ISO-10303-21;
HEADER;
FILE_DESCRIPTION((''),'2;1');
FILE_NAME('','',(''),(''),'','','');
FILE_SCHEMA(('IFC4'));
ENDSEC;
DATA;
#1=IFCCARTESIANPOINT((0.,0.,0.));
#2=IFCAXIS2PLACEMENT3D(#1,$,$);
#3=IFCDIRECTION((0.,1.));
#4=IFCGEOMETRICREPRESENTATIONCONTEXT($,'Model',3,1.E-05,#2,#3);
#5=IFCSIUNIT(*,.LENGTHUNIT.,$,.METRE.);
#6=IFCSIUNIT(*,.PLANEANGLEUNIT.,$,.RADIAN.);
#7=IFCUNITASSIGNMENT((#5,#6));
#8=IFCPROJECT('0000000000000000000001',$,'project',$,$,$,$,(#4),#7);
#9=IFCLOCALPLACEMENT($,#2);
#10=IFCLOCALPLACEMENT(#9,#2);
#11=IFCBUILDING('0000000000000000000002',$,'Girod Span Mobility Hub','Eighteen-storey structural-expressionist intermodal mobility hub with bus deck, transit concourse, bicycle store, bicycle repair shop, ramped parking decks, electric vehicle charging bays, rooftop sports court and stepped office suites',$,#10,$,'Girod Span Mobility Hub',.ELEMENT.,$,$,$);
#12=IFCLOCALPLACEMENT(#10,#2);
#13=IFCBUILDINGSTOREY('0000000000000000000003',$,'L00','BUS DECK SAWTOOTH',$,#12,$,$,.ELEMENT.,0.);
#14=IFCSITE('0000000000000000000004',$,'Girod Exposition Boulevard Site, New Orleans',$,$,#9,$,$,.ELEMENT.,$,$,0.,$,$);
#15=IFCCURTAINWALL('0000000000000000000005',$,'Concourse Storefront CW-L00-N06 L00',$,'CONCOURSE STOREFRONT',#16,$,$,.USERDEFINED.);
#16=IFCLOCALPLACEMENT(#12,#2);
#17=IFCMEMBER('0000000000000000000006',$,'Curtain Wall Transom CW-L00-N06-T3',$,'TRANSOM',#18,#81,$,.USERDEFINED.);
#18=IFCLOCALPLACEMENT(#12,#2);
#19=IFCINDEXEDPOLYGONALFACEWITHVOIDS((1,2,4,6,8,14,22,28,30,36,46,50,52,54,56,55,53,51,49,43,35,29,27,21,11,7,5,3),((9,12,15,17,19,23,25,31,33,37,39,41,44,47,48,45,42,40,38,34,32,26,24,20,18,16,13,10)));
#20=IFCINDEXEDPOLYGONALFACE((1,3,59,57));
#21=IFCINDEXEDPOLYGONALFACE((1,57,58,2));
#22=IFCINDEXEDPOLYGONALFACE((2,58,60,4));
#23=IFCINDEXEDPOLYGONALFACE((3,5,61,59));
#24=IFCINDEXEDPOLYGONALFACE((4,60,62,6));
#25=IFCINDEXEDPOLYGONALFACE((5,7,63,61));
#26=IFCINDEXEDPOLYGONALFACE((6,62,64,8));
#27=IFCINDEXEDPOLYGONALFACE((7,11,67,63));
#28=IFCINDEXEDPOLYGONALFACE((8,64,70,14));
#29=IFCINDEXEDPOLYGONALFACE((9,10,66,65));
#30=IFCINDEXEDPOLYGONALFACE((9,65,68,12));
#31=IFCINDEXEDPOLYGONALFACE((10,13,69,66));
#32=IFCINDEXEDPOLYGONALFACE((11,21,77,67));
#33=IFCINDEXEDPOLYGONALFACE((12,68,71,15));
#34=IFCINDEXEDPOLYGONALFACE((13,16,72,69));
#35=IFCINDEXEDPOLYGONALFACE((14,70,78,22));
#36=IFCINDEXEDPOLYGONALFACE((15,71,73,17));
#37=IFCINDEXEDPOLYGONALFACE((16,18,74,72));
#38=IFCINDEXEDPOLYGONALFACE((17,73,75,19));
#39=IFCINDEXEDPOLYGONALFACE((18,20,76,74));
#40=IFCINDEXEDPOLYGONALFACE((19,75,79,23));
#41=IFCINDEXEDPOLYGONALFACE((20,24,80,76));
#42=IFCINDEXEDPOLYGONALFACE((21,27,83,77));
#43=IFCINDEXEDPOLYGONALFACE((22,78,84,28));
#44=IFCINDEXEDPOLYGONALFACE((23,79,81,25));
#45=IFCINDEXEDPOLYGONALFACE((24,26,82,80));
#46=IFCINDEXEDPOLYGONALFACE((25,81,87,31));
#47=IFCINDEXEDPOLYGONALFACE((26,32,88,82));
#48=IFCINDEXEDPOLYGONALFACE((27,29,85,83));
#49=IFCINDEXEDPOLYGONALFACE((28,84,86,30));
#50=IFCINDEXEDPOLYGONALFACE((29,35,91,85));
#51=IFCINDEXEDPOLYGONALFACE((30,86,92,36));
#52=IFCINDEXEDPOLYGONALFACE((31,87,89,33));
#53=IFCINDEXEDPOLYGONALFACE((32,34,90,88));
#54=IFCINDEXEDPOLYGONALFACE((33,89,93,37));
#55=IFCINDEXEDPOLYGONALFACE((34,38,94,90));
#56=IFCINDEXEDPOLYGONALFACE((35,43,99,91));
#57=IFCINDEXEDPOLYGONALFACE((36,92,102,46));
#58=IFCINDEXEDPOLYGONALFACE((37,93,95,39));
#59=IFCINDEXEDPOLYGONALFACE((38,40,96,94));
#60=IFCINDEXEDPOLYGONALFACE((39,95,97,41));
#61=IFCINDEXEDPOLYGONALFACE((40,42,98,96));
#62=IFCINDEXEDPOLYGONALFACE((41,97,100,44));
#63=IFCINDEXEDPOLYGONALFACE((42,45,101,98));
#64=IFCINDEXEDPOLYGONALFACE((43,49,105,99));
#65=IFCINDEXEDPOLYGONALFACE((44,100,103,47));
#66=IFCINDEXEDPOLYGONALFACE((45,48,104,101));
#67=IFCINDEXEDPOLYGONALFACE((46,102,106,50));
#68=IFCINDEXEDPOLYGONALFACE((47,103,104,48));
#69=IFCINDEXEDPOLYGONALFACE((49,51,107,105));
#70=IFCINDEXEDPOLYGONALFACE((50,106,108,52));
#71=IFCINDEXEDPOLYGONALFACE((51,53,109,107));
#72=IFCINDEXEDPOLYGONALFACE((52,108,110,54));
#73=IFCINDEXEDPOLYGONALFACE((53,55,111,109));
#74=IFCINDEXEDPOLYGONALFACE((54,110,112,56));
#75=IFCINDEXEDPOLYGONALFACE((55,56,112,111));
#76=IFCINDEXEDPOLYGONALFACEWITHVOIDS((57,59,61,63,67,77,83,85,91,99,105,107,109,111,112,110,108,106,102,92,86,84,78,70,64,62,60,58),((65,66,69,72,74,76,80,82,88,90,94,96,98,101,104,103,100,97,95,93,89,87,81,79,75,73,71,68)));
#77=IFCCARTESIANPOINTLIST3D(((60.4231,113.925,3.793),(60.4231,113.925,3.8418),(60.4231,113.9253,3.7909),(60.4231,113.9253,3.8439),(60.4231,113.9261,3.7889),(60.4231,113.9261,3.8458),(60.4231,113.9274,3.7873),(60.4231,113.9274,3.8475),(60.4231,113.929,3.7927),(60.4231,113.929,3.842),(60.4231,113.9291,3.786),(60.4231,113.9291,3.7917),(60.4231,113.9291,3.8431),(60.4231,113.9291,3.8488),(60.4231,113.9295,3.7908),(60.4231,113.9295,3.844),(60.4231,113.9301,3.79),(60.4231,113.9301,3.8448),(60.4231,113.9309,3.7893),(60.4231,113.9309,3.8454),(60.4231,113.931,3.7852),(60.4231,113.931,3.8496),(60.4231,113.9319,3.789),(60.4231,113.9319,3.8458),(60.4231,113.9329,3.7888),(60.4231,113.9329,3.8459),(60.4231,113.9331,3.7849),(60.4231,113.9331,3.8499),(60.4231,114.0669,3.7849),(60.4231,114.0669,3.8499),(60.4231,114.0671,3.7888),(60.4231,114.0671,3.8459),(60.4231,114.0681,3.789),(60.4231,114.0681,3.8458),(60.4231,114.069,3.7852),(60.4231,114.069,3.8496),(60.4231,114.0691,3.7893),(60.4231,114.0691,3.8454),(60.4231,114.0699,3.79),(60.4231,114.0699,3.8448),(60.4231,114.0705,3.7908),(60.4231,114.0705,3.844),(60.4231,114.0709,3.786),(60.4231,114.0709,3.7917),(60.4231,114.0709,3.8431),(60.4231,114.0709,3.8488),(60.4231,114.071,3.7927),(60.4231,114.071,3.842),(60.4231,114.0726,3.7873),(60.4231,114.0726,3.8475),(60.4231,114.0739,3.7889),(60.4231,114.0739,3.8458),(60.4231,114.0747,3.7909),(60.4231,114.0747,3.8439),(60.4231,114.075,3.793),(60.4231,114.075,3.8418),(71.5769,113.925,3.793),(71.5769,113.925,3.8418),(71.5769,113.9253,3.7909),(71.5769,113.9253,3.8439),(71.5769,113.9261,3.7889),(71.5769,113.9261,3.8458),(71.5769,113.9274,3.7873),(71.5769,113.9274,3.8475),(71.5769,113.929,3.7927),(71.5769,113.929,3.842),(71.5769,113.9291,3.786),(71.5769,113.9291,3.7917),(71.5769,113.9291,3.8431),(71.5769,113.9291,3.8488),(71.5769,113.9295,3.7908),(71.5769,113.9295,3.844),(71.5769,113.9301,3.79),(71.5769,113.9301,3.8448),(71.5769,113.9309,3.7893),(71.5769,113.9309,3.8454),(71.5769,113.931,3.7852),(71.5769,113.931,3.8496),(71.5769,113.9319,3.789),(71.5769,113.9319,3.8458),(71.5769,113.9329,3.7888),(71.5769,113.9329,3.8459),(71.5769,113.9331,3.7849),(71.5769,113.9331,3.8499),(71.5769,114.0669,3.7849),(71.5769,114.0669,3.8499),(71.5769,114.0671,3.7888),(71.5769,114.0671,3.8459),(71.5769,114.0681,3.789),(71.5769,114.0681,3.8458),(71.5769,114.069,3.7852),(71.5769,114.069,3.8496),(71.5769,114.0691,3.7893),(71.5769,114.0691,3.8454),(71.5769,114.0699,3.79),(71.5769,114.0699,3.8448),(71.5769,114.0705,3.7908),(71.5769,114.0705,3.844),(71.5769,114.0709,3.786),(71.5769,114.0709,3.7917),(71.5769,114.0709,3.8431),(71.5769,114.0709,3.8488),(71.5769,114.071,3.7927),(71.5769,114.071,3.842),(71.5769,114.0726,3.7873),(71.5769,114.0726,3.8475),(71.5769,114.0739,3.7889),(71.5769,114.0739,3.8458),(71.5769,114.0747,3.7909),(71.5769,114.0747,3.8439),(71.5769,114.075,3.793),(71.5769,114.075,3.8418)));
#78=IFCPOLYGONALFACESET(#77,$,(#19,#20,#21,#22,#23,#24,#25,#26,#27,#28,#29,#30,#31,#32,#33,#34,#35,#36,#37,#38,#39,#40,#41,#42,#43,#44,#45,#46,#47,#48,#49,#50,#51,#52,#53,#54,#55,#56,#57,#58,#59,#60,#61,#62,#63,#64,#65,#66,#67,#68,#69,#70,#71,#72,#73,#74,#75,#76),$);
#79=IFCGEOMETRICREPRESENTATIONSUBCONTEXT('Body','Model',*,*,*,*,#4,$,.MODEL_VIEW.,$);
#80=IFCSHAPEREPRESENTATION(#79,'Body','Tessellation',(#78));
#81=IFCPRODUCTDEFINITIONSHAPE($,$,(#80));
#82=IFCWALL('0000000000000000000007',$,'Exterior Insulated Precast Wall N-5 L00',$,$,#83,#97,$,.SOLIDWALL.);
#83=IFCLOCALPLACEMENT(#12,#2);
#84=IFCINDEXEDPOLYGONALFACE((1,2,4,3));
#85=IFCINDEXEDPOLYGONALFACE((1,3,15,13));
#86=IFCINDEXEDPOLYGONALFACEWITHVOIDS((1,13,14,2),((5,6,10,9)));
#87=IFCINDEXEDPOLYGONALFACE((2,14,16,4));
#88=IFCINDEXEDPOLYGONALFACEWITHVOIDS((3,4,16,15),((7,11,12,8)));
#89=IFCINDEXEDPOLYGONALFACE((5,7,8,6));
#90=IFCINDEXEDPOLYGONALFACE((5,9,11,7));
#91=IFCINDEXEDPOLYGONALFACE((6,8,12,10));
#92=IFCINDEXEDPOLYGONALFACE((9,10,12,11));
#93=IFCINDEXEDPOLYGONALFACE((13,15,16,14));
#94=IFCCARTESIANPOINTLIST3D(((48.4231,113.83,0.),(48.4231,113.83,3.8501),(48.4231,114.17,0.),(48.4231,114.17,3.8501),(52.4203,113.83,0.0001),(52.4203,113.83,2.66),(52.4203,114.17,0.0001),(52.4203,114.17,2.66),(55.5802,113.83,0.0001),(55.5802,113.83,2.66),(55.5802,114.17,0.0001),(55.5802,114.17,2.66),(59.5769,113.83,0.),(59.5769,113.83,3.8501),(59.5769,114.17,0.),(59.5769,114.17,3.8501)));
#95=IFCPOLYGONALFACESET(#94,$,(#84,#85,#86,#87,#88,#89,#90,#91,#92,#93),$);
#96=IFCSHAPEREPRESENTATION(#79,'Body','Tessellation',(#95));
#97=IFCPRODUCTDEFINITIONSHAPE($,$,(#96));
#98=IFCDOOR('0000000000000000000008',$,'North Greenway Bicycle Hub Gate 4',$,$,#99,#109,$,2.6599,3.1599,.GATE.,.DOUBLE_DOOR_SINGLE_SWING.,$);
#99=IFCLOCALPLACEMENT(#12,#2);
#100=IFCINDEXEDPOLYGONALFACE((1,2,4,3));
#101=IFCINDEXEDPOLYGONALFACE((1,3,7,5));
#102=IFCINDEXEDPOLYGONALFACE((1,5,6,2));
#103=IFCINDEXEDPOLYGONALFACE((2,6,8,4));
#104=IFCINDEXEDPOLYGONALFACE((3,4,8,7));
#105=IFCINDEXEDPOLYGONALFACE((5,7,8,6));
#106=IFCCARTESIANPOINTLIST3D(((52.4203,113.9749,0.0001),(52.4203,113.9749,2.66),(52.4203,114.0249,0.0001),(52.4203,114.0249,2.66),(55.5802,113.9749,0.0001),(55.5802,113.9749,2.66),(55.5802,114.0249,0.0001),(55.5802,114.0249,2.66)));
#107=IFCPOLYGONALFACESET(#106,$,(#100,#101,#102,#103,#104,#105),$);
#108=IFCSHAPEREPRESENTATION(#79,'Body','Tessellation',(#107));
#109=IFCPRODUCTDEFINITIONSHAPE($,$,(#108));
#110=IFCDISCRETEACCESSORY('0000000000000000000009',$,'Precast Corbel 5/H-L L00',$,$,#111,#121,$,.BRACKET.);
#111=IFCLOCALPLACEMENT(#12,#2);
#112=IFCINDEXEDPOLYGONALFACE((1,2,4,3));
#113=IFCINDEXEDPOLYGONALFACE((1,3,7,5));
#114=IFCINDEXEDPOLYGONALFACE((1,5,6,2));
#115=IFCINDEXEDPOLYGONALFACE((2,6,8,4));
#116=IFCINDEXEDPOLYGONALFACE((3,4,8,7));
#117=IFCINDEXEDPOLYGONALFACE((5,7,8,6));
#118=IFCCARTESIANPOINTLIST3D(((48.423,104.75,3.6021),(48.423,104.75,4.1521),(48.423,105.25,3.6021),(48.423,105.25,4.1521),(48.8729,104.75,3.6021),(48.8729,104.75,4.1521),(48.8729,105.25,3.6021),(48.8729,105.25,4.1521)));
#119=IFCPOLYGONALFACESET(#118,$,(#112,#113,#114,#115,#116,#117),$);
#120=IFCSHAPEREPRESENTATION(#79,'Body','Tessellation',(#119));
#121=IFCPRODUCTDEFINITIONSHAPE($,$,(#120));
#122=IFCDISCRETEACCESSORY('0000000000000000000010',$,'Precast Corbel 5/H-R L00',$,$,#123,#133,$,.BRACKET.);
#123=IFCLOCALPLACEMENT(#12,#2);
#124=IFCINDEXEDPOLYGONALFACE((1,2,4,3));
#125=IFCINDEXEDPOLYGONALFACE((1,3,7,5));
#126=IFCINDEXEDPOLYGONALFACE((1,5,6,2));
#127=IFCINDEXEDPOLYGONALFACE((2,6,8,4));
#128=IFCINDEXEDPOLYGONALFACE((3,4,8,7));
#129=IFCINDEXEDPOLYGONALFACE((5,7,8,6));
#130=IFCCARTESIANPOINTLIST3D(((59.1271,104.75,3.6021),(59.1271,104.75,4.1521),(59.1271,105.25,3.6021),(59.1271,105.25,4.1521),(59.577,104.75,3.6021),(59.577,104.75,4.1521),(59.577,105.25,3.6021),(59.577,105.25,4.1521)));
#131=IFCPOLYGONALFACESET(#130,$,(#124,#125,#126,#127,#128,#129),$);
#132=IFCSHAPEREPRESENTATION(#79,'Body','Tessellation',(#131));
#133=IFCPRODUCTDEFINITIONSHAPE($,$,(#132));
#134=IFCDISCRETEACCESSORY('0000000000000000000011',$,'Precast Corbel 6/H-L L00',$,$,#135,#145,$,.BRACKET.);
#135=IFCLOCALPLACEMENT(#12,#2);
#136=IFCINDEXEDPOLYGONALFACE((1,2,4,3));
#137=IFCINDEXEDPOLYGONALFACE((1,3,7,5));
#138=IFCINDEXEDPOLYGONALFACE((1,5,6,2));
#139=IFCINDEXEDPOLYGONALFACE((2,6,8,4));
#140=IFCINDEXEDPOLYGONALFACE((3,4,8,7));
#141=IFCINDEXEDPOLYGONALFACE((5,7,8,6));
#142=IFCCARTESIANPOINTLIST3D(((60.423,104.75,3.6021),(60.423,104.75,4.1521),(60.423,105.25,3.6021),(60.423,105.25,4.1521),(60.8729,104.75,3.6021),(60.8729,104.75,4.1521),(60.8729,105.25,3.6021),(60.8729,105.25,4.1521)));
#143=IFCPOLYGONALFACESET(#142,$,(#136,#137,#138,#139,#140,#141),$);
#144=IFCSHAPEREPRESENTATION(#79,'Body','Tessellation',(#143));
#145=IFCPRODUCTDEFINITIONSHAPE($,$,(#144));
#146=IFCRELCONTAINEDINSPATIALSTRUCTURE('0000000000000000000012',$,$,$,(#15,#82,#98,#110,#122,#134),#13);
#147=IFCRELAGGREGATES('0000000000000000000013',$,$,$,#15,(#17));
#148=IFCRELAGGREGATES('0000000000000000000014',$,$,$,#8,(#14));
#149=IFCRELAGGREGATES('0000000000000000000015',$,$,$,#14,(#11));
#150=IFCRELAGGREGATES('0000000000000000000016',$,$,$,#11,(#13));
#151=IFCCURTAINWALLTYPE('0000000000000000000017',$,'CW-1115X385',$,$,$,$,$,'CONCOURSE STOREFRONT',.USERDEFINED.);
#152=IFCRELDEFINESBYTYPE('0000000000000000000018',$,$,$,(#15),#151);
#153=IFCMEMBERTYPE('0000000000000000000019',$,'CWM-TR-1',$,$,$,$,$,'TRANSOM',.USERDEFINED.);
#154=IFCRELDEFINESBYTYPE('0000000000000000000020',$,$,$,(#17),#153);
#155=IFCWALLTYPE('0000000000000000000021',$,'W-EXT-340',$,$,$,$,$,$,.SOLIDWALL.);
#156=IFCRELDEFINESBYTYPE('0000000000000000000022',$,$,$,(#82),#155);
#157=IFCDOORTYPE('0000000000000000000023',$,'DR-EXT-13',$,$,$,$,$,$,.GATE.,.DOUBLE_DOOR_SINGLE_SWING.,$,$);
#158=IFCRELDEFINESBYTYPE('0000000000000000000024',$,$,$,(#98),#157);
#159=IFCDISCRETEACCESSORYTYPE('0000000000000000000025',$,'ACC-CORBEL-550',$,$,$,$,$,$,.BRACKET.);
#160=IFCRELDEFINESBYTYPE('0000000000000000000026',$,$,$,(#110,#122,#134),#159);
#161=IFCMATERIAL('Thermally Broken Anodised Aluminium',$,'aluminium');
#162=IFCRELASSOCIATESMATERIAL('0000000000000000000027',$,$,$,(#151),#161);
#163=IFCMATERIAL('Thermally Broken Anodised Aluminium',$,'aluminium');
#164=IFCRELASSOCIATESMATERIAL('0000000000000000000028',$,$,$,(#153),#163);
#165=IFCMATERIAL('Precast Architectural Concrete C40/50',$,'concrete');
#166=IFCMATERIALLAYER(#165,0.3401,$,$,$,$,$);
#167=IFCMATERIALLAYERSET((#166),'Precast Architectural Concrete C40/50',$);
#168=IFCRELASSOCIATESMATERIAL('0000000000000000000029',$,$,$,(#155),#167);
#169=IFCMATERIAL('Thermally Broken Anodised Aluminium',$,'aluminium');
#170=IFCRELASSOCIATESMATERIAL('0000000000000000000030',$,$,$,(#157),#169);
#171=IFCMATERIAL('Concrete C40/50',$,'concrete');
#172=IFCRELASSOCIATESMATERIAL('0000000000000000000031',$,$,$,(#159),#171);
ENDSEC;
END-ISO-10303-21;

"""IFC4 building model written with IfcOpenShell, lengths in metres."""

from ifc_helpers import new_model, si_unit, direction, frame, frame_2d, origin, origin_2d, place, context, subcontext, project, spatial, rectangle, hollow_rectangle, extrude, material, layer, layer_set, material_profile, profile_set, type_object, element, fill, aggregate, save


model = new_model("IFC4")

# Units and contexts
model_context = context("Model", 3, precision=1e-05, world=origin(), true_north=direction((0.0, 1.0)))
body_context = subcontext(model_context, "Body", "Model", "MODEL_VIEW")
ifc_project = project(units=[si_unit("LENGTHUNIT", "METRE"), si_unit("PLANEANGLEUNIT", "RADIAN")], contexts=[model_context])

# Site, building, storey
site_placement = place(None, origin())
site = spatial("IfcSite", under=ifc_project, at=site_placement, Name="Girod Exposition Boulevard Site, New Orleans", CompositionType="ELEMENT", RefElevation=0.0)
building_placement = place(site_placement, origin())
building = spatial("IfcBuilding", under=site, at=building_placement, Name="Girod Span Mobility Hub", Description="Eighteen-storey structural-expressionist intermodal mobility hub with bus deck, transit concourse, bicycle store, bicycle repair shop, ramped parking decks, electric vehicle charging bays, rooftop sports court and stepped office suites", LongName="Girod Span Mobility Hub", CompositionType="ELEMENT")
storey_placement = place(building_placement, origin())
storey = spatial("IfcBuildingStorey", under=building, at=storey_placement, Name="L00", Description="BUS DECK SAWTOOTH", CompositionType="ELEMENT", Elevation=0.0)

# Curtain wall, member
ifc_material_1 = material(Name="Thermally Broken Anodised Aluminium", Category="aluminium")
curtain_wall_type = type_object("IfcCurtainWallType", Name="CW-1115X385", ElementType="CONCOURSE STOREFRONT", PredefinedType="USERDEFINED", material=ifc_material_1)
curtain_wall_placement = place(storey_placement, origin())
curtain_wall = element("IfcCurtainWall", 1, at=curtain_wall_placement, inside=storey, type_object=curtain_wall_type, Name="Concourse Storefront CW-L00-N06 L00", ObjectType="CONCOURSE STOREFRONT", PredefinedType="USERDEFINED")
ifc_material_2 = material(Name="Thermally Broken Anodised Aluminium", Category="aluminium")
ifc_material_profile_1 = material_profile(ifc_material_2, hollow_rectangle(XDim=0.1499, YDim=0.0649, WallThickness=0.0039, InnerFilletRadius=0.0039, OuterFilletRadius=0.0081, at=origin_2d()), Name="CW-TR-65X150")
ifc_profile_set_1 = profile_set([ifc_material_profile_1], Name="Thermally Broken Anodised Aluminium")
member_type_1 = type_object("IfcMemberType", Name="CWM-TR-1", ElementType="TRANSOM", PredefinedType="USERDEFINED", material=ifc_profile_set_1)
member_1_placement = place(storey_placement, frame((60.4231, 114.0, 3.8174), z_axis=(1.0, 0.0, 0.0), x_axis=(0.0, 1.0, 0.0)))
member_1 = element("IfcMember", 2, at=member_1_placement, type_object=member_type_1, Name="Curtain Wall Transom CW-L00-N06-T3", ObjectType="TRANSOM", PredefinedType="USERDEFINED", context=body_context, shape_type="SweptSolid", body=[
    extrude(hollow_rectangle(XDim=0.1499, YDim=0.0649, WallThickness=0.0039, InnerFilletRadius=0.0039, OuterFilletRadius=0.0081, at=origin_2d()), origin(), (0.0, 0.0, 1.0), 11.1538),
])
aggregate(curtain_wall, [member_1])

# Wall, opening, door
ifc_material_3 = material(Name="Precast Architectural Concrete C40/50", Category="concrete")
ifc_layer = layer(ifc_material_3, 0.3401)
ifc_layer_set = layer_set([ifc_layer], Name="Precast Architectural Concrete C40/50")
wall_type = type_object("IfcWallType", Name="W-EXT-340", PredefinedType="SOLIDWALL", material=ifc_layer_set)
wall_placement = place(storey_placement, frame((48.4231, 114.0, 0.0), z_axis=(0.0, 0.0, 1.0), x_axis=(1.0, 0.0, 0.0)))
wall = element("IfcWall", 3, at=wall_placement, inside=storey, type_object=wall_type, Name="Exterior Insulated Precast Wall N-5 L00", PredefinedType="SOLIDWALL", context=body_context, shape_type="SweptSolid", body=[
    extrude(rectangle(XDim=11.1538, YDim=0.3401, at=frame_2d((5.5769, 0.0))), origin(), (0.0, 0.0, 1.0), 3.8501),
])
opening_placement = place(wall_placement, frame((3.9971, 0.0, 0.0)))
opening = element("IfcOpeningElement", 4, at=opening_placement, cuts=wall, PredefinedType="OPENING", context=body_context, shape_type="SweptSolid", body=[
    extrude(rectangle(XDim=3.1599, YDim=2.6599, at=frame_2d((1.5801, 1.3301))), frame((0.0, 0.1851, 0.0), z_axis=(0.0, -1.0, 0.0), x_axis=(1.0, 0.0, 0.0)), (0.0, 0.0, 1.0), 0.3701),
])
ifc_material_4 = material(Name="Thermally Broken Anodised Aluminium", Category="aluminium")
door_type = type_object("IfcDoorType", Name="DR-EXT-13", OperationType="DOUBLE_DOOR_SINGLE_SWING", PredefinedType="GATE", material=ifc_material_4)
door_placement = place(opening_placement, origin())
door = element("IfcDoor", 5, at=door_placement, inside=storey, type_object=door_type, Name="North Greenway Bicycle Hub Gate 4", OperationType="DOUBLE_DOOR_SINGLE_SWING", OverallHeight=2.6599, OverallWidth=3.1599, PredefinedType="GATE", context=body_context, shape_type="SweptSolid", body=[
    extrude(rectangle(XDim=3.1599, YDim=2.6599, at=frame_2d((1.5801, 1.3301))), frame((0.0, 0.0249, 0.0), z_axis=(0.0, -1.0, 0.0), x_axis=(1.0, 0.0, 0.0)), (0.0, 0.0, 1.0), 0.05),
])
fill(opening, door)

# Discrete accessories
ifc_material_5 = material(Name="Concrete C40/50", Category="concrete")
discrete_accessory_type = type_object("IfcDiscreteAccessoryType", Name="ACC-CORBEL-550", PredefinedType="BRACKET", material=ifc_material_5)
for number, where, z_axis, x_axis, name in (
    (6, (48.6479, 105.0, 3.6021), (0.0, 0.0, 1.0), (1.0, 0.0, 0.0), "Precast Corbel 5/H-L L00"),
    (7, (59.3521, 105.0, 3.6021), (0.0, 0.0, 1.0), (1.0, 0.0, 0.0), "Precast Corbel 5/H-R L00"),
    (8, (60.6479, 105.0, 3.6021), (0.0, 0.0, 1.0), (1.0, 0.0, 0.0), "Precast Corbel 6/H-L L00"),
):
    element("IfcDiscreteAccessory", number, at=place(storey_placement, frame(where, z_axis=z_axis, x_axis=x_axis)), inside=storey, type_object=discrete_accessory_type, Name=name, PredefinedType="BRACKET", context=body_context, shape_type="SweptSolid", body=[
        extrude(rectangle(XDim=0.45, YDim=0.5, at=origin_2d()), origin(), (0.0, 0.0, 1.0), 0.55),
    ])

save(model, "model.ifc")
